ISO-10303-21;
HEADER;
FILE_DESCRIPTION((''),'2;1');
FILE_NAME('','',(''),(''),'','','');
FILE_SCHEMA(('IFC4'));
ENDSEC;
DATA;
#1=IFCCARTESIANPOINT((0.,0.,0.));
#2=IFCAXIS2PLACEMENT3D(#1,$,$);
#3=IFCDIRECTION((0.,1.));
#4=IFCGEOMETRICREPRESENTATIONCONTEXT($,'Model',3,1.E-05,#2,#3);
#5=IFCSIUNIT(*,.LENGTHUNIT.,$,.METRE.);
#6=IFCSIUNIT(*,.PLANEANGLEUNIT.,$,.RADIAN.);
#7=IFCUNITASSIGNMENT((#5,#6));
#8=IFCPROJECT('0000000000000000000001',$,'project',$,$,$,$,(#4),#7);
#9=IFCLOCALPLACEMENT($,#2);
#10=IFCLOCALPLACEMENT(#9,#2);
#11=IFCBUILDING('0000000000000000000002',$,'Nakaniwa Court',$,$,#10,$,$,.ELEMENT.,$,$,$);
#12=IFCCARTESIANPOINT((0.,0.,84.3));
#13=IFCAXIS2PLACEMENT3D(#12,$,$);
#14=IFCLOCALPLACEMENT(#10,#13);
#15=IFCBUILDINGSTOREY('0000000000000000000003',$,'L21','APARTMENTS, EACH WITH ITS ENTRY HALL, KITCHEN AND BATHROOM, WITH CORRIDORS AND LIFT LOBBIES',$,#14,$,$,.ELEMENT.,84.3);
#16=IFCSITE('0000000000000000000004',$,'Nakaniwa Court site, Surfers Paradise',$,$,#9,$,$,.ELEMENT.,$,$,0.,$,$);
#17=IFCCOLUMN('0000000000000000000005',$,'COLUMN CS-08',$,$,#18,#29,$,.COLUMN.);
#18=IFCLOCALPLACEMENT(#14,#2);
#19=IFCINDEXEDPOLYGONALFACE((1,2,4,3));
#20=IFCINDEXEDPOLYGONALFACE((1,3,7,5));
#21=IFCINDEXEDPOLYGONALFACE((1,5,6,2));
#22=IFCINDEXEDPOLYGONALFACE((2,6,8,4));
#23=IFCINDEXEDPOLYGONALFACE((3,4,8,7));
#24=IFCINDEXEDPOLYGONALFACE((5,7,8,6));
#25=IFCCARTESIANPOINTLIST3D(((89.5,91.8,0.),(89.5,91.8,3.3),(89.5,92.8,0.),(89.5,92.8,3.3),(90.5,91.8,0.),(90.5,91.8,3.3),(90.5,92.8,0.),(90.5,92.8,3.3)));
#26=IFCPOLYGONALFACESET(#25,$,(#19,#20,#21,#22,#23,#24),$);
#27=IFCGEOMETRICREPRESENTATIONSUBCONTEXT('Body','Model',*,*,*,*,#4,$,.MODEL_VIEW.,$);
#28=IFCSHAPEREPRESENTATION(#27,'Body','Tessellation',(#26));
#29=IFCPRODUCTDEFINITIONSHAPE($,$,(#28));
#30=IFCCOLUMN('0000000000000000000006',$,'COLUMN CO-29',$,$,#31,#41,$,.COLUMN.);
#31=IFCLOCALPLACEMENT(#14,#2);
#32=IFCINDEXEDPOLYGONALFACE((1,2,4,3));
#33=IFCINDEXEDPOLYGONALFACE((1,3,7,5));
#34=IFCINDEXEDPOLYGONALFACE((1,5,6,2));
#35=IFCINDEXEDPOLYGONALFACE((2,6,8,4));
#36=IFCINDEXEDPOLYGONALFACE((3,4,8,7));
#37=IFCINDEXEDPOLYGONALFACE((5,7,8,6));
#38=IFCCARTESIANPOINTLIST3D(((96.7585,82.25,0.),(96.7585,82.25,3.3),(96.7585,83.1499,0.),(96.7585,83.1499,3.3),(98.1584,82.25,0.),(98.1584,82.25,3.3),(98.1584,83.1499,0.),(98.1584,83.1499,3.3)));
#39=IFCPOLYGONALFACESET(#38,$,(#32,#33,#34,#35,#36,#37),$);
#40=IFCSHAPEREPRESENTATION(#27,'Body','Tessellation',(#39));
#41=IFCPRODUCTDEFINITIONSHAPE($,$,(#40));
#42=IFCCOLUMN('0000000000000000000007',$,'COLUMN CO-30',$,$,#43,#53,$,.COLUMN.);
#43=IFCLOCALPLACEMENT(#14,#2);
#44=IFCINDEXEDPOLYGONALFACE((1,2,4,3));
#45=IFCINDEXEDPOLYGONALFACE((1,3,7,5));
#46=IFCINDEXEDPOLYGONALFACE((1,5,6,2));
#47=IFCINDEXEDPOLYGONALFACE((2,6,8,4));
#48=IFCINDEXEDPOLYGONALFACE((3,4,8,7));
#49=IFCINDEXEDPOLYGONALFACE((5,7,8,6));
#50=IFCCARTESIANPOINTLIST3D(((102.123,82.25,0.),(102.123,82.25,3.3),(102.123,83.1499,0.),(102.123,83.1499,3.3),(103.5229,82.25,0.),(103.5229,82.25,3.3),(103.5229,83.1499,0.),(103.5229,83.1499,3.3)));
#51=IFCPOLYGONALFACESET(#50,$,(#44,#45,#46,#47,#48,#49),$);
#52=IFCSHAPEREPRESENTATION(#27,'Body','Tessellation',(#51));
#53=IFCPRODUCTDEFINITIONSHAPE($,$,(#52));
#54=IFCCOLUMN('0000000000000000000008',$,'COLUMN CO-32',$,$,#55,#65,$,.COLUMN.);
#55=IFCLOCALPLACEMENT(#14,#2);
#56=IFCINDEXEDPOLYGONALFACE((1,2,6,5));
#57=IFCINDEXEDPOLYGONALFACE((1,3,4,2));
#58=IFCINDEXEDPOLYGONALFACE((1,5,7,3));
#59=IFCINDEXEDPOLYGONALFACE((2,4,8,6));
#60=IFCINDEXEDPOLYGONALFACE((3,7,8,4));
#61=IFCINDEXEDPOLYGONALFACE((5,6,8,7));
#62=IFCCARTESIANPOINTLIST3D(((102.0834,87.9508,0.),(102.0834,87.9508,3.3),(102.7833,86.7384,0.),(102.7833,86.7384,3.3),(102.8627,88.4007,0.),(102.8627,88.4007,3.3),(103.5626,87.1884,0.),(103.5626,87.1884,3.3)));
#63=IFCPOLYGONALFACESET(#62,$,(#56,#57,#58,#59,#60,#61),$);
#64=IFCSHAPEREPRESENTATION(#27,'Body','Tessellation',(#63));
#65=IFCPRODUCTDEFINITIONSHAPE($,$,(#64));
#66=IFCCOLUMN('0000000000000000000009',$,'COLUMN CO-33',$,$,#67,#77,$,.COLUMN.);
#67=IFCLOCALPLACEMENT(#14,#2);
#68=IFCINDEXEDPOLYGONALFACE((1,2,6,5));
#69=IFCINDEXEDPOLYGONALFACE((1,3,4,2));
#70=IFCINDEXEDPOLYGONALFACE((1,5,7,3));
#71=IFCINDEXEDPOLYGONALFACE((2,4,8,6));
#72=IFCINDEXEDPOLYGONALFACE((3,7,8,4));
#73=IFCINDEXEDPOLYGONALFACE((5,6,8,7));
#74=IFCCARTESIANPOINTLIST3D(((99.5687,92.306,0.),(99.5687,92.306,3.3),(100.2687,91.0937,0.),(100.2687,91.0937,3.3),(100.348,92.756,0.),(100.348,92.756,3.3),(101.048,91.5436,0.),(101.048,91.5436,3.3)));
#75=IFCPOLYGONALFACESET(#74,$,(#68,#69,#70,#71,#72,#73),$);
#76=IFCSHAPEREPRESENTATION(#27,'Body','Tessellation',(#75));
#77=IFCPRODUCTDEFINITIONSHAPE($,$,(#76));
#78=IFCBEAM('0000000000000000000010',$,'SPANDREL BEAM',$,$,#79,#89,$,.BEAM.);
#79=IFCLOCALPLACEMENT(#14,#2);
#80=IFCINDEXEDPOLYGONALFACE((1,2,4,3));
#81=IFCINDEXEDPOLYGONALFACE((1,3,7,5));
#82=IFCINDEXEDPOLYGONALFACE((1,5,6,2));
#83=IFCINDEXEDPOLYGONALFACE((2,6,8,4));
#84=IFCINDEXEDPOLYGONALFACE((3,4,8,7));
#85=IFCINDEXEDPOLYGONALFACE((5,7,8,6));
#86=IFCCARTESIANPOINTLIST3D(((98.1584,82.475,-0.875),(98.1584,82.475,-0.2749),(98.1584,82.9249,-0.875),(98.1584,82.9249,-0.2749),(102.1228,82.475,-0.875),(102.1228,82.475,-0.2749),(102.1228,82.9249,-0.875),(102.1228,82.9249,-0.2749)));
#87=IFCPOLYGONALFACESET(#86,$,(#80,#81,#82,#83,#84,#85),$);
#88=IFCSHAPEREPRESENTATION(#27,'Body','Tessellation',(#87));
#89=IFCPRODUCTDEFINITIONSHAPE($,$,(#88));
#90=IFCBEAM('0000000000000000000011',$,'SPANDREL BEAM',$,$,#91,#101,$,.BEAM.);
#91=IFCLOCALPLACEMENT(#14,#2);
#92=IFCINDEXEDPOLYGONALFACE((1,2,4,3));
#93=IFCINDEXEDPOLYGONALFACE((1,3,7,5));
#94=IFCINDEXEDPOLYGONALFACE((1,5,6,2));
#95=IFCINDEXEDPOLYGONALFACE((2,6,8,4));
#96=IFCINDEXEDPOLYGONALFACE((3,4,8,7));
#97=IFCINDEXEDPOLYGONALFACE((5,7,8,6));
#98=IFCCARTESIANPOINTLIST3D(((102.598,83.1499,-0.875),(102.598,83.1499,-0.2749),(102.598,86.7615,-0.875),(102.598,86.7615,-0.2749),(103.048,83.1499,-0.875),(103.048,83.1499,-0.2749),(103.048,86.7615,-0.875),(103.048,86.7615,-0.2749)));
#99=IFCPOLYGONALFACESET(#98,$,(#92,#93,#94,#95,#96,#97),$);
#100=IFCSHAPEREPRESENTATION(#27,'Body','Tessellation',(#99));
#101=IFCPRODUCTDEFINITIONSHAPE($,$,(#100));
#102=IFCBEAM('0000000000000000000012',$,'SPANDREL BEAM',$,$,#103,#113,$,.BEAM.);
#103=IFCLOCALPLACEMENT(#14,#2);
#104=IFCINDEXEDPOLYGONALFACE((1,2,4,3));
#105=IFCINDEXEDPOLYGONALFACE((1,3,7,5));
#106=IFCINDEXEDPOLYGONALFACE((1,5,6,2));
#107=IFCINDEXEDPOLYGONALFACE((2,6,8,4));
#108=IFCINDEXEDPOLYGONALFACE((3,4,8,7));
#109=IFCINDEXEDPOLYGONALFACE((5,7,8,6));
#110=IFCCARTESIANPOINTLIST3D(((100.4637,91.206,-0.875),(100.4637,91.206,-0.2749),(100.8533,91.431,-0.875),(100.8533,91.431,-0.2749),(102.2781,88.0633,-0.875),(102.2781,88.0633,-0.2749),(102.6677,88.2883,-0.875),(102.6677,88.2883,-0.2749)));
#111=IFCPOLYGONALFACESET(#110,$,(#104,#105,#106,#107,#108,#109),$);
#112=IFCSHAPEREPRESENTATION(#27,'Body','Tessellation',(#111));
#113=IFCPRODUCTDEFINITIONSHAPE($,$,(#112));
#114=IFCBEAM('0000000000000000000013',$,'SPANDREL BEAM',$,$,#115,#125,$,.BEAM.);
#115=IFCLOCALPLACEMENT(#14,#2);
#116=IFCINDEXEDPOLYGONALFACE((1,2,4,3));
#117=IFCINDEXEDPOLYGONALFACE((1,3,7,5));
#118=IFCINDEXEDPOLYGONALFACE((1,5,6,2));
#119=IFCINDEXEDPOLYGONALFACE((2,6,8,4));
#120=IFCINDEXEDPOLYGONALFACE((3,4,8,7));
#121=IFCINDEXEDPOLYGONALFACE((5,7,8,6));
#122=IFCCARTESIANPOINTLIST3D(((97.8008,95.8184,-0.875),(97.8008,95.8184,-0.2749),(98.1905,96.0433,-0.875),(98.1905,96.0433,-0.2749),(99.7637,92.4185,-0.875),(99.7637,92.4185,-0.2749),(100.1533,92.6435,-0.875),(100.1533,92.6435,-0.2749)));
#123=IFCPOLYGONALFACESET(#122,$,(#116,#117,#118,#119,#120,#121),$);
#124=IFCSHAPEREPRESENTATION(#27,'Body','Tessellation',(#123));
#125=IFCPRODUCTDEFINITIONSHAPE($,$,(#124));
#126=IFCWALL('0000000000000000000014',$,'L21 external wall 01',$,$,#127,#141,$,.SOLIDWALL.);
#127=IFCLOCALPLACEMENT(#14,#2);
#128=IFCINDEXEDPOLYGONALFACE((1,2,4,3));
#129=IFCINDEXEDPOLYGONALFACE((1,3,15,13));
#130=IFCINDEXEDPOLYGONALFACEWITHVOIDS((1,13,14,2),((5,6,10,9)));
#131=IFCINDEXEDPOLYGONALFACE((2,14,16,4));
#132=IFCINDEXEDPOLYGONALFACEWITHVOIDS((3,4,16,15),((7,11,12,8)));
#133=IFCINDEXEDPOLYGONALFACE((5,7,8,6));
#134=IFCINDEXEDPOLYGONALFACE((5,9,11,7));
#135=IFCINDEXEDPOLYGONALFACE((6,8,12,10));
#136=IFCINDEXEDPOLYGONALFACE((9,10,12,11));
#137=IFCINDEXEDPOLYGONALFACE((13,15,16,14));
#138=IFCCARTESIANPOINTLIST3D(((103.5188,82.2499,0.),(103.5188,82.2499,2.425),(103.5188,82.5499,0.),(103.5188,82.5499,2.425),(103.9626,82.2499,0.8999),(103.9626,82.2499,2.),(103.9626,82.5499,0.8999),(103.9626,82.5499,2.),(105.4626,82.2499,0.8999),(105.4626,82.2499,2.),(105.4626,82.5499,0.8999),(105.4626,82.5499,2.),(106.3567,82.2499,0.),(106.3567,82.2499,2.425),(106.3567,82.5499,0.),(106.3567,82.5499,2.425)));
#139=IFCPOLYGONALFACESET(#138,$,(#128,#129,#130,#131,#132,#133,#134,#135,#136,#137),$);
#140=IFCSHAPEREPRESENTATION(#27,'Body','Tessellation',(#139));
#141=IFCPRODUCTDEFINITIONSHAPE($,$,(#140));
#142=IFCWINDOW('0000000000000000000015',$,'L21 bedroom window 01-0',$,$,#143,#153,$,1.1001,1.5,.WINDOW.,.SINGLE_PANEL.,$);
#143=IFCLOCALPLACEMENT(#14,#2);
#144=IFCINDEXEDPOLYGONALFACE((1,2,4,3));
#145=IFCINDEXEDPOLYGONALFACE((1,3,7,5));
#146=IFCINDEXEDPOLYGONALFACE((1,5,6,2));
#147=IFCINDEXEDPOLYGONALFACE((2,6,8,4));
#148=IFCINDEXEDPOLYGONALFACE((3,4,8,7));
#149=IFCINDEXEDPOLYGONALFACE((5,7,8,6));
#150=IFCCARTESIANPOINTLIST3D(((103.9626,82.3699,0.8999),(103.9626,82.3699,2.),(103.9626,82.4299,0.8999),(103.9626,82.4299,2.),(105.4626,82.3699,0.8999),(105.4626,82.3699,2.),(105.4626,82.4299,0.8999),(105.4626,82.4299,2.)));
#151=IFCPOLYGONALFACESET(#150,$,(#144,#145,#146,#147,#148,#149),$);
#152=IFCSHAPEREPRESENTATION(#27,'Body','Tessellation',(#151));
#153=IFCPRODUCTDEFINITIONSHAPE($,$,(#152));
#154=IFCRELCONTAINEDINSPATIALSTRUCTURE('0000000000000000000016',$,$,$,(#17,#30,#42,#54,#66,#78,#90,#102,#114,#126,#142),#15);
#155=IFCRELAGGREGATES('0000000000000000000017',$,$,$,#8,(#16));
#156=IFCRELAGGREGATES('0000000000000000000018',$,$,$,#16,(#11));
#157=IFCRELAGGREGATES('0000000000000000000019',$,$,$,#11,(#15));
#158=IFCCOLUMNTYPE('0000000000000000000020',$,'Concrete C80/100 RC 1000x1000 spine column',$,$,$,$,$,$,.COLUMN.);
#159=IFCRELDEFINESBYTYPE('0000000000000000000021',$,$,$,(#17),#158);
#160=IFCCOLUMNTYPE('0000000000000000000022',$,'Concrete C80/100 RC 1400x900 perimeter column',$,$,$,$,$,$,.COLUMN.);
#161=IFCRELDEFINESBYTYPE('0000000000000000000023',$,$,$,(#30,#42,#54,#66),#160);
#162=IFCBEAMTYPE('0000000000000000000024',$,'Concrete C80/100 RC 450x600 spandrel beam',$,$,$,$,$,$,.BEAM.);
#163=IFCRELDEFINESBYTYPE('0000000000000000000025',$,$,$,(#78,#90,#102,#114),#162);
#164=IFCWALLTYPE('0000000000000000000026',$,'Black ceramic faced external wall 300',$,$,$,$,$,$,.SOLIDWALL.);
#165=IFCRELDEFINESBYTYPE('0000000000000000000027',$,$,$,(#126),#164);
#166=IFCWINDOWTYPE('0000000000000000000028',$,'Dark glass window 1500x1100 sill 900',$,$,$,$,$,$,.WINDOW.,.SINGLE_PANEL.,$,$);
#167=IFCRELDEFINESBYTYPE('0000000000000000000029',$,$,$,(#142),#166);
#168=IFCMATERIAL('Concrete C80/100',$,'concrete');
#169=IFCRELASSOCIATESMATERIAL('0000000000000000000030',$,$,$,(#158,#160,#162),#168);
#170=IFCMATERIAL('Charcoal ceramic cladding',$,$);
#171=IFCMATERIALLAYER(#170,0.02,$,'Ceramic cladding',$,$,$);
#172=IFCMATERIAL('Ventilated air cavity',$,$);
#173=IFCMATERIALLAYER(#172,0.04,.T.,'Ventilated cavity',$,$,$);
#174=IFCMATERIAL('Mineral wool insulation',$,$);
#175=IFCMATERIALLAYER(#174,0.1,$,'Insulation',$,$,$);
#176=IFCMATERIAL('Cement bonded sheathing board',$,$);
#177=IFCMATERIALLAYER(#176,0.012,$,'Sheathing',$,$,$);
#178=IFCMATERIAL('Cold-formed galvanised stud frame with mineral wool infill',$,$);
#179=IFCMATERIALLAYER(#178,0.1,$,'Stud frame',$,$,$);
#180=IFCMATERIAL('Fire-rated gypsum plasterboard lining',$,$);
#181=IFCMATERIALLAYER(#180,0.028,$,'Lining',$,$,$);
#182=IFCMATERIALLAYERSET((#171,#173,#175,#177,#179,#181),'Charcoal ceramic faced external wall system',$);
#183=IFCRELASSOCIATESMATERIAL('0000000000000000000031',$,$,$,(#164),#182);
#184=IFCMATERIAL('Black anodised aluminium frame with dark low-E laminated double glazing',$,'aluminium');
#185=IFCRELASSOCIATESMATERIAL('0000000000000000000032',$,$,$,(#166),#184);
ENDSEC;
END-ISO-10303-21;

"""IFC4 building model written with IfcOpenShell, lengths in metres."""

from ifc_helpers import new_model, si_unit, direction, frame, frame_2d, origin, origin_2d, place, context, subcontext, project, spatial, rectangle, extrude, material, layer, layer_set, material_profile, profile_set, type_object, element, fill, save


model = new_model("IFC4")

# Units and contexts
model_context = context("Model", 3, precision=1e-05, world=origin(), true_north=direction((0.0, 1.0)))
body_context = subcontext(model_context, "Body", "Model", "MODEL_VIEW")
ifc_project = project(units=[si_unit("LENGTHUNIT", "METRE"), si_unit("PLANEANGLEUNIT", "RADIAN")], contexts=[model_context])

# Site, building, storey
site_placement = place(None, origin())
site = spatial("IfcSite", under=ifc_project, at=site_placement, Name="Nakaniwa Court site, Surfers Paradise", CompositionType="ELEMENT", RefElevation=0.0)
building_placement = place(site_placement, origin())
building = spatial("IfcBuilding", under=site, at=building_placement, Name="Nakaniwa Court", CompositionType="ELEMENT")
storey_placement = place(building_placement, frame((0.0, 0.0, 84.3)))
storey = spatial("IfcBuildingStorey", under=building, at=storey_placement, Name="L21", Description="APARTMENTS, EACH WITH ITS ENTRY HALL, KITCHEN AND BATHROOM, WITH CORRIDORS AND LIFT LOBBIES", CompositionType="ELEMENT", Elevation=84.3)

# Columns
ifc_material_1 = material(Name="Concrete C80/100", Category="concrete")
ifc_material_profile_1 = material_profile(ifc_material_1, rectangle(XDim=1.0, YDim=1.0, at=origin_2d()), Name="Concrete C80/100 RC 1000x1000 spine column")
ifc_profile_set_1 = profile_set([ifc_material_profile_1], Name="Concrete C80/100")
column_type_1 = type_object("IfcColumnType", Name="Concrete C80/100 RC 1000x1000 spine column", PredefinedType="COLUMN", material=ifc_profile_set_1)
column_placement = place(storey_placement, frame((90.0, 92.3, 0.0), z_axis=(0.0, 0.0, 1.0), x_axis=(0.0, 1.0, 0.0)))
element("IfcColumn", 1, at=column_placement, inside=storey, type_object=column_type_1, Name="COLUMN CS-08", PredefinedType="COLUMN", context=body_context, shape_type="SweptSolid", body=[
    extrude(rectangle(XDim=1.0, YDim=1.0, at=origin_2d()), origin(), (0.0, 0.0, 1.0), 3.3),
])
ifc_material_profile_2 = material_profile(ifc_material_1, rectangle(XDim=1.3999, YDim=0.8999, at=origin_2d()), Name="Concrete C80/100 RC 1400x900 perimeter column")
ifc_profile_set_2 = profile_set([ifc_material_profile_2], Name="Concrete C80/100")
column_type_2 = type_object("IfcColumnType", Name="Concrete C80/100 RC 1400x900 perimeter column", PredefinedType="COLUMN", material=ifc_profile_set_2)
for number, where, z_axis, x_axis, name in (
    (2, (97.4585, 82.7, 0.0), (0.0, 0.0, 1.0), (1.0, 0.0, 0.0), "COLUMN CO-29"),
    (3, (102.823, 82.7, 0.0), (0.0, 0.0, 1.0), (1.0, 0.0, 0.0), "COLUMN CO-30"),
    (4, (102.823, 87.5696, 0.0), (0.0, 0.0, 1.0), (-0.5, 0.866025, 0.0), "COLUMN CO-32"),
    (5, (100.3083, 91.9248, 0.0), (0.0, 0.0, 1.0), (-0.5, 0.866025, 0.0), "COLUMN CO-33"),
):
    element("IfcColumn", number, at=place(storey_placement, frame(where, z_axis=z_axis, x_axis=x_axis)), inside=storey, type_object=column_type_2, Name=name, PredefinedType="COLUMN", context=body_context, shape_type="SweptSolid", body=[
        extrude(rectangle(XDim=1.3999, YDim=0.8999, at=origin_2d()), origin(), (0.0, 0.0, 1.0), 3.3),
    ])

# Beams
ifc_material_profile_3 = material_profile(ifc_material_1, rectangle(XDim=0.45, YDim=0.6001, at=origin_2d()), Name="Concrete C80/100 RC 450x600 spandrel beam")
ifc_profile_set_3 = profile_set([ifc_material_profile_3], Name="Concrete C80/100")
beam_type = type_object("IfcBeamType", Name="Concrete C80/100 RC 450x600 spandrel beam", PredefinedType="BEAM", material=ifc_profile_set_3)
beam_1_placement = place(storey_placement, frame((98.1584, 82.7, -0.575), z_axis=(1.0, 0.0, 0.0), x_axis=(0.0, 1.0, 0.0)))
element("IfcBeam", 6, at=beam_1_placement, inside=storey, type_object=beam_type, Name="SPANDREL BEAM", PredefinedType="BEAM", context=body_context, shape_type="SweptSolid", body=[
    extrude(rectangle(XDim=0.45, YDim=0.6001, at=origin_2d()), origin(), (0.0, 0.0, 1.0), 3.9644),
])
beam_2_placement = place(storey_placement, frame((102.823, 83.1499, -0.575), z_axis=(0.0, 1.0, 0.0), x_axis=(-1.0, 0.0, 0.0)))
element("IfcBeam", 7, at=beam_2_placement, inside=storey, type_object=beam_type, Name="SPANDREL BEAM", PredefinedType="BEAM", context=body_context, shape_type="SweptSolid", body=[
    extrude(rectangle(XDim=0.45, YDim=0.6001, at=origin_2d()), origin(), (0.0, 0.0, 1.0), 3.6116),
])
beam_3_placement = place(storey_placement, frame((102.4729, 88.1758, -0.575), z_axis=(-0.499988, 0.866032, 0.0), x_axis=(-0.866032, -0.499988, 0.0)))
element("IfcBeam", 8, at=beam_3_placement, inside=storey, type_object=beam_type, Name="SPANDREL BEAM", PredefinedType="BEAM", context=body_context, shape_type="SweptSolid", body=[
    extrude(rectangle(XDim=0.45, YDim=0.6001, at=origin_2d()), origin(), (0.0, 0.0, 1.0), 3.6289),
])
beam_4_placement = place(storey_placement, frame((99.9585, 92.531, -0.575), z_axis=(-0.499992, 0.86603, 0.0), x_axis=(-0.86603, -0.499992, 0.0)))
element("IfcBeam", 9, at=beam_4_placement, inside=storey, type_object=beam_type, Name="SPANDREL BEAM", PredefinedType="BEAM", context=body_context, shape_type="SweptSolid", body=[
    extrude(rectangle(XDim=0.45, YDim=0.6001, at=origin_2d()), origin(), (0.0, 0.0, 1.0), 3.9258),
])

# Wall, opening, window
ifc_material_2 = material(Name="Charcoal ceramic cladding")
ifc_layer_1 = layer(ifc_material_2, 0.02, Name="Ceramic cladding")
ifc_material_3 = material(Name="Ventilated air cavity")
ifc_layer_2 = layer(ifc_material_3, 0.04, ventilated=True, Name="Ventilated cavity")
ifc_material_4 = material(Name="Mineral wool insulation")
ifc_layer_3 = layer(ifc_material_4, 0.1, Name="Insulation")
ifc_material_5 = material(Name="Cement bonded sheathing board")
ifc_layer_4 = layer(ifc_material_5, 0.012, Name="Sheathing")
ifc_material_6 = material(Name="Cold-formed galvanised stud frame with mineral wool infill")
ifc_layer_5 = layer(ifc_material_6, 0.1, Name="Stud frame")
ifc_material_7 = material(Name="Fire-rated gypsum plasterboard lining")
ifc_layer_6 = layer(ifc_material_7, 0.028, Name="Lining")
ifc_layer_set_1 = layer_set([ifc_layer_1, ifc_layer_2, ifc_layer_3, ifc_layer_4, ifc_layer_5, ifc_layer_6], Name="Charcoal ceramic faced external wall system")
wall_type_1 = type_object("IfcWallType", Name="Black ceramic faced external wall 300", PredefinedType="SOLIDWALL", material=ifc_layer_set_1)
wall_1_placement = place(storey_placement, frame((103.5188, 82.3999, 0.0), z_axis=(0.0, 0.0, 1.0), x_axis=(1.0, 0.0, 0.0)))
wall_1 = element("IfcWall", 10, at=wall_1_placement, inside=storey, type_object=wall_type_1, Name="L21 external wall 01", PredefinedType="SOLIDWALL", context=body_context, shape_type="SweptSolid", body=[
    extrude(rectangle(XDim=2.8379, YDim=0.3, at=frame_2d((1.4189, 0.0))), origin(), (0.0, 0.0, 1.0), 2.425),
])
opening_1_placement = place(wall_1_placement, frame((0.4438, 0.0, 0.8999)))
opening_1 = element("IfcOpeningElement", 11, at=opening_1_placement, cuts=wall_1, PredefinedType="OPENING", context=body_context, shape_type="SweptSolid", body=[
    extrude(rectangle(XDim=1.5, YDim=1.1001, at=frame_2d((0.75, 0.55))), frame((0.0, 0.1599, 0.0), z_axis=(0.0, -1.0, 0.0), x_axis=(1.0, 0.0, 0.0)), (0.0, 0.0, 1.0), 0.3201),
])
ifc_material_8 = material(Name="Black anodised aluminium frame with dark low-E laminated double glazing", Category="aluminium")
window_type_1 = type_object("IfcWindowType", Name="Dark glass window 1500x1100 sill 900", PartitioningType="SINGLE_PANEL", PredefinedType="WINDOW", material=ifc_material_8)
window_1_placement = place(opening_1_placement, origin())
window_1 = element("IfcWindow", 12, at=window_1_placement, inside=storey, type_object=window_type_1, Name="L21 bedroom window 01-0", OverallHeight=1.1001, OverallWidth=1.5, PartitioningType="SINGLE_PANEL", PredefinedType="WINDOW", context=body_context, shape_type="SweptSolid", body=[
    extrude(rectangle(XDim=1.5, YDim=1.1001, at=frame_2d((0.75, 0.55))), frame((0.0, 0.03, 0.0), z_axis=(0.0, -1.0, 0.0), x_axis=(1.0, 0.0, 0.0)), (0.0, 0.0, 1.0), 0.0601),
])
fill(opening_1, window_1)

save(model, "model.ifc")
